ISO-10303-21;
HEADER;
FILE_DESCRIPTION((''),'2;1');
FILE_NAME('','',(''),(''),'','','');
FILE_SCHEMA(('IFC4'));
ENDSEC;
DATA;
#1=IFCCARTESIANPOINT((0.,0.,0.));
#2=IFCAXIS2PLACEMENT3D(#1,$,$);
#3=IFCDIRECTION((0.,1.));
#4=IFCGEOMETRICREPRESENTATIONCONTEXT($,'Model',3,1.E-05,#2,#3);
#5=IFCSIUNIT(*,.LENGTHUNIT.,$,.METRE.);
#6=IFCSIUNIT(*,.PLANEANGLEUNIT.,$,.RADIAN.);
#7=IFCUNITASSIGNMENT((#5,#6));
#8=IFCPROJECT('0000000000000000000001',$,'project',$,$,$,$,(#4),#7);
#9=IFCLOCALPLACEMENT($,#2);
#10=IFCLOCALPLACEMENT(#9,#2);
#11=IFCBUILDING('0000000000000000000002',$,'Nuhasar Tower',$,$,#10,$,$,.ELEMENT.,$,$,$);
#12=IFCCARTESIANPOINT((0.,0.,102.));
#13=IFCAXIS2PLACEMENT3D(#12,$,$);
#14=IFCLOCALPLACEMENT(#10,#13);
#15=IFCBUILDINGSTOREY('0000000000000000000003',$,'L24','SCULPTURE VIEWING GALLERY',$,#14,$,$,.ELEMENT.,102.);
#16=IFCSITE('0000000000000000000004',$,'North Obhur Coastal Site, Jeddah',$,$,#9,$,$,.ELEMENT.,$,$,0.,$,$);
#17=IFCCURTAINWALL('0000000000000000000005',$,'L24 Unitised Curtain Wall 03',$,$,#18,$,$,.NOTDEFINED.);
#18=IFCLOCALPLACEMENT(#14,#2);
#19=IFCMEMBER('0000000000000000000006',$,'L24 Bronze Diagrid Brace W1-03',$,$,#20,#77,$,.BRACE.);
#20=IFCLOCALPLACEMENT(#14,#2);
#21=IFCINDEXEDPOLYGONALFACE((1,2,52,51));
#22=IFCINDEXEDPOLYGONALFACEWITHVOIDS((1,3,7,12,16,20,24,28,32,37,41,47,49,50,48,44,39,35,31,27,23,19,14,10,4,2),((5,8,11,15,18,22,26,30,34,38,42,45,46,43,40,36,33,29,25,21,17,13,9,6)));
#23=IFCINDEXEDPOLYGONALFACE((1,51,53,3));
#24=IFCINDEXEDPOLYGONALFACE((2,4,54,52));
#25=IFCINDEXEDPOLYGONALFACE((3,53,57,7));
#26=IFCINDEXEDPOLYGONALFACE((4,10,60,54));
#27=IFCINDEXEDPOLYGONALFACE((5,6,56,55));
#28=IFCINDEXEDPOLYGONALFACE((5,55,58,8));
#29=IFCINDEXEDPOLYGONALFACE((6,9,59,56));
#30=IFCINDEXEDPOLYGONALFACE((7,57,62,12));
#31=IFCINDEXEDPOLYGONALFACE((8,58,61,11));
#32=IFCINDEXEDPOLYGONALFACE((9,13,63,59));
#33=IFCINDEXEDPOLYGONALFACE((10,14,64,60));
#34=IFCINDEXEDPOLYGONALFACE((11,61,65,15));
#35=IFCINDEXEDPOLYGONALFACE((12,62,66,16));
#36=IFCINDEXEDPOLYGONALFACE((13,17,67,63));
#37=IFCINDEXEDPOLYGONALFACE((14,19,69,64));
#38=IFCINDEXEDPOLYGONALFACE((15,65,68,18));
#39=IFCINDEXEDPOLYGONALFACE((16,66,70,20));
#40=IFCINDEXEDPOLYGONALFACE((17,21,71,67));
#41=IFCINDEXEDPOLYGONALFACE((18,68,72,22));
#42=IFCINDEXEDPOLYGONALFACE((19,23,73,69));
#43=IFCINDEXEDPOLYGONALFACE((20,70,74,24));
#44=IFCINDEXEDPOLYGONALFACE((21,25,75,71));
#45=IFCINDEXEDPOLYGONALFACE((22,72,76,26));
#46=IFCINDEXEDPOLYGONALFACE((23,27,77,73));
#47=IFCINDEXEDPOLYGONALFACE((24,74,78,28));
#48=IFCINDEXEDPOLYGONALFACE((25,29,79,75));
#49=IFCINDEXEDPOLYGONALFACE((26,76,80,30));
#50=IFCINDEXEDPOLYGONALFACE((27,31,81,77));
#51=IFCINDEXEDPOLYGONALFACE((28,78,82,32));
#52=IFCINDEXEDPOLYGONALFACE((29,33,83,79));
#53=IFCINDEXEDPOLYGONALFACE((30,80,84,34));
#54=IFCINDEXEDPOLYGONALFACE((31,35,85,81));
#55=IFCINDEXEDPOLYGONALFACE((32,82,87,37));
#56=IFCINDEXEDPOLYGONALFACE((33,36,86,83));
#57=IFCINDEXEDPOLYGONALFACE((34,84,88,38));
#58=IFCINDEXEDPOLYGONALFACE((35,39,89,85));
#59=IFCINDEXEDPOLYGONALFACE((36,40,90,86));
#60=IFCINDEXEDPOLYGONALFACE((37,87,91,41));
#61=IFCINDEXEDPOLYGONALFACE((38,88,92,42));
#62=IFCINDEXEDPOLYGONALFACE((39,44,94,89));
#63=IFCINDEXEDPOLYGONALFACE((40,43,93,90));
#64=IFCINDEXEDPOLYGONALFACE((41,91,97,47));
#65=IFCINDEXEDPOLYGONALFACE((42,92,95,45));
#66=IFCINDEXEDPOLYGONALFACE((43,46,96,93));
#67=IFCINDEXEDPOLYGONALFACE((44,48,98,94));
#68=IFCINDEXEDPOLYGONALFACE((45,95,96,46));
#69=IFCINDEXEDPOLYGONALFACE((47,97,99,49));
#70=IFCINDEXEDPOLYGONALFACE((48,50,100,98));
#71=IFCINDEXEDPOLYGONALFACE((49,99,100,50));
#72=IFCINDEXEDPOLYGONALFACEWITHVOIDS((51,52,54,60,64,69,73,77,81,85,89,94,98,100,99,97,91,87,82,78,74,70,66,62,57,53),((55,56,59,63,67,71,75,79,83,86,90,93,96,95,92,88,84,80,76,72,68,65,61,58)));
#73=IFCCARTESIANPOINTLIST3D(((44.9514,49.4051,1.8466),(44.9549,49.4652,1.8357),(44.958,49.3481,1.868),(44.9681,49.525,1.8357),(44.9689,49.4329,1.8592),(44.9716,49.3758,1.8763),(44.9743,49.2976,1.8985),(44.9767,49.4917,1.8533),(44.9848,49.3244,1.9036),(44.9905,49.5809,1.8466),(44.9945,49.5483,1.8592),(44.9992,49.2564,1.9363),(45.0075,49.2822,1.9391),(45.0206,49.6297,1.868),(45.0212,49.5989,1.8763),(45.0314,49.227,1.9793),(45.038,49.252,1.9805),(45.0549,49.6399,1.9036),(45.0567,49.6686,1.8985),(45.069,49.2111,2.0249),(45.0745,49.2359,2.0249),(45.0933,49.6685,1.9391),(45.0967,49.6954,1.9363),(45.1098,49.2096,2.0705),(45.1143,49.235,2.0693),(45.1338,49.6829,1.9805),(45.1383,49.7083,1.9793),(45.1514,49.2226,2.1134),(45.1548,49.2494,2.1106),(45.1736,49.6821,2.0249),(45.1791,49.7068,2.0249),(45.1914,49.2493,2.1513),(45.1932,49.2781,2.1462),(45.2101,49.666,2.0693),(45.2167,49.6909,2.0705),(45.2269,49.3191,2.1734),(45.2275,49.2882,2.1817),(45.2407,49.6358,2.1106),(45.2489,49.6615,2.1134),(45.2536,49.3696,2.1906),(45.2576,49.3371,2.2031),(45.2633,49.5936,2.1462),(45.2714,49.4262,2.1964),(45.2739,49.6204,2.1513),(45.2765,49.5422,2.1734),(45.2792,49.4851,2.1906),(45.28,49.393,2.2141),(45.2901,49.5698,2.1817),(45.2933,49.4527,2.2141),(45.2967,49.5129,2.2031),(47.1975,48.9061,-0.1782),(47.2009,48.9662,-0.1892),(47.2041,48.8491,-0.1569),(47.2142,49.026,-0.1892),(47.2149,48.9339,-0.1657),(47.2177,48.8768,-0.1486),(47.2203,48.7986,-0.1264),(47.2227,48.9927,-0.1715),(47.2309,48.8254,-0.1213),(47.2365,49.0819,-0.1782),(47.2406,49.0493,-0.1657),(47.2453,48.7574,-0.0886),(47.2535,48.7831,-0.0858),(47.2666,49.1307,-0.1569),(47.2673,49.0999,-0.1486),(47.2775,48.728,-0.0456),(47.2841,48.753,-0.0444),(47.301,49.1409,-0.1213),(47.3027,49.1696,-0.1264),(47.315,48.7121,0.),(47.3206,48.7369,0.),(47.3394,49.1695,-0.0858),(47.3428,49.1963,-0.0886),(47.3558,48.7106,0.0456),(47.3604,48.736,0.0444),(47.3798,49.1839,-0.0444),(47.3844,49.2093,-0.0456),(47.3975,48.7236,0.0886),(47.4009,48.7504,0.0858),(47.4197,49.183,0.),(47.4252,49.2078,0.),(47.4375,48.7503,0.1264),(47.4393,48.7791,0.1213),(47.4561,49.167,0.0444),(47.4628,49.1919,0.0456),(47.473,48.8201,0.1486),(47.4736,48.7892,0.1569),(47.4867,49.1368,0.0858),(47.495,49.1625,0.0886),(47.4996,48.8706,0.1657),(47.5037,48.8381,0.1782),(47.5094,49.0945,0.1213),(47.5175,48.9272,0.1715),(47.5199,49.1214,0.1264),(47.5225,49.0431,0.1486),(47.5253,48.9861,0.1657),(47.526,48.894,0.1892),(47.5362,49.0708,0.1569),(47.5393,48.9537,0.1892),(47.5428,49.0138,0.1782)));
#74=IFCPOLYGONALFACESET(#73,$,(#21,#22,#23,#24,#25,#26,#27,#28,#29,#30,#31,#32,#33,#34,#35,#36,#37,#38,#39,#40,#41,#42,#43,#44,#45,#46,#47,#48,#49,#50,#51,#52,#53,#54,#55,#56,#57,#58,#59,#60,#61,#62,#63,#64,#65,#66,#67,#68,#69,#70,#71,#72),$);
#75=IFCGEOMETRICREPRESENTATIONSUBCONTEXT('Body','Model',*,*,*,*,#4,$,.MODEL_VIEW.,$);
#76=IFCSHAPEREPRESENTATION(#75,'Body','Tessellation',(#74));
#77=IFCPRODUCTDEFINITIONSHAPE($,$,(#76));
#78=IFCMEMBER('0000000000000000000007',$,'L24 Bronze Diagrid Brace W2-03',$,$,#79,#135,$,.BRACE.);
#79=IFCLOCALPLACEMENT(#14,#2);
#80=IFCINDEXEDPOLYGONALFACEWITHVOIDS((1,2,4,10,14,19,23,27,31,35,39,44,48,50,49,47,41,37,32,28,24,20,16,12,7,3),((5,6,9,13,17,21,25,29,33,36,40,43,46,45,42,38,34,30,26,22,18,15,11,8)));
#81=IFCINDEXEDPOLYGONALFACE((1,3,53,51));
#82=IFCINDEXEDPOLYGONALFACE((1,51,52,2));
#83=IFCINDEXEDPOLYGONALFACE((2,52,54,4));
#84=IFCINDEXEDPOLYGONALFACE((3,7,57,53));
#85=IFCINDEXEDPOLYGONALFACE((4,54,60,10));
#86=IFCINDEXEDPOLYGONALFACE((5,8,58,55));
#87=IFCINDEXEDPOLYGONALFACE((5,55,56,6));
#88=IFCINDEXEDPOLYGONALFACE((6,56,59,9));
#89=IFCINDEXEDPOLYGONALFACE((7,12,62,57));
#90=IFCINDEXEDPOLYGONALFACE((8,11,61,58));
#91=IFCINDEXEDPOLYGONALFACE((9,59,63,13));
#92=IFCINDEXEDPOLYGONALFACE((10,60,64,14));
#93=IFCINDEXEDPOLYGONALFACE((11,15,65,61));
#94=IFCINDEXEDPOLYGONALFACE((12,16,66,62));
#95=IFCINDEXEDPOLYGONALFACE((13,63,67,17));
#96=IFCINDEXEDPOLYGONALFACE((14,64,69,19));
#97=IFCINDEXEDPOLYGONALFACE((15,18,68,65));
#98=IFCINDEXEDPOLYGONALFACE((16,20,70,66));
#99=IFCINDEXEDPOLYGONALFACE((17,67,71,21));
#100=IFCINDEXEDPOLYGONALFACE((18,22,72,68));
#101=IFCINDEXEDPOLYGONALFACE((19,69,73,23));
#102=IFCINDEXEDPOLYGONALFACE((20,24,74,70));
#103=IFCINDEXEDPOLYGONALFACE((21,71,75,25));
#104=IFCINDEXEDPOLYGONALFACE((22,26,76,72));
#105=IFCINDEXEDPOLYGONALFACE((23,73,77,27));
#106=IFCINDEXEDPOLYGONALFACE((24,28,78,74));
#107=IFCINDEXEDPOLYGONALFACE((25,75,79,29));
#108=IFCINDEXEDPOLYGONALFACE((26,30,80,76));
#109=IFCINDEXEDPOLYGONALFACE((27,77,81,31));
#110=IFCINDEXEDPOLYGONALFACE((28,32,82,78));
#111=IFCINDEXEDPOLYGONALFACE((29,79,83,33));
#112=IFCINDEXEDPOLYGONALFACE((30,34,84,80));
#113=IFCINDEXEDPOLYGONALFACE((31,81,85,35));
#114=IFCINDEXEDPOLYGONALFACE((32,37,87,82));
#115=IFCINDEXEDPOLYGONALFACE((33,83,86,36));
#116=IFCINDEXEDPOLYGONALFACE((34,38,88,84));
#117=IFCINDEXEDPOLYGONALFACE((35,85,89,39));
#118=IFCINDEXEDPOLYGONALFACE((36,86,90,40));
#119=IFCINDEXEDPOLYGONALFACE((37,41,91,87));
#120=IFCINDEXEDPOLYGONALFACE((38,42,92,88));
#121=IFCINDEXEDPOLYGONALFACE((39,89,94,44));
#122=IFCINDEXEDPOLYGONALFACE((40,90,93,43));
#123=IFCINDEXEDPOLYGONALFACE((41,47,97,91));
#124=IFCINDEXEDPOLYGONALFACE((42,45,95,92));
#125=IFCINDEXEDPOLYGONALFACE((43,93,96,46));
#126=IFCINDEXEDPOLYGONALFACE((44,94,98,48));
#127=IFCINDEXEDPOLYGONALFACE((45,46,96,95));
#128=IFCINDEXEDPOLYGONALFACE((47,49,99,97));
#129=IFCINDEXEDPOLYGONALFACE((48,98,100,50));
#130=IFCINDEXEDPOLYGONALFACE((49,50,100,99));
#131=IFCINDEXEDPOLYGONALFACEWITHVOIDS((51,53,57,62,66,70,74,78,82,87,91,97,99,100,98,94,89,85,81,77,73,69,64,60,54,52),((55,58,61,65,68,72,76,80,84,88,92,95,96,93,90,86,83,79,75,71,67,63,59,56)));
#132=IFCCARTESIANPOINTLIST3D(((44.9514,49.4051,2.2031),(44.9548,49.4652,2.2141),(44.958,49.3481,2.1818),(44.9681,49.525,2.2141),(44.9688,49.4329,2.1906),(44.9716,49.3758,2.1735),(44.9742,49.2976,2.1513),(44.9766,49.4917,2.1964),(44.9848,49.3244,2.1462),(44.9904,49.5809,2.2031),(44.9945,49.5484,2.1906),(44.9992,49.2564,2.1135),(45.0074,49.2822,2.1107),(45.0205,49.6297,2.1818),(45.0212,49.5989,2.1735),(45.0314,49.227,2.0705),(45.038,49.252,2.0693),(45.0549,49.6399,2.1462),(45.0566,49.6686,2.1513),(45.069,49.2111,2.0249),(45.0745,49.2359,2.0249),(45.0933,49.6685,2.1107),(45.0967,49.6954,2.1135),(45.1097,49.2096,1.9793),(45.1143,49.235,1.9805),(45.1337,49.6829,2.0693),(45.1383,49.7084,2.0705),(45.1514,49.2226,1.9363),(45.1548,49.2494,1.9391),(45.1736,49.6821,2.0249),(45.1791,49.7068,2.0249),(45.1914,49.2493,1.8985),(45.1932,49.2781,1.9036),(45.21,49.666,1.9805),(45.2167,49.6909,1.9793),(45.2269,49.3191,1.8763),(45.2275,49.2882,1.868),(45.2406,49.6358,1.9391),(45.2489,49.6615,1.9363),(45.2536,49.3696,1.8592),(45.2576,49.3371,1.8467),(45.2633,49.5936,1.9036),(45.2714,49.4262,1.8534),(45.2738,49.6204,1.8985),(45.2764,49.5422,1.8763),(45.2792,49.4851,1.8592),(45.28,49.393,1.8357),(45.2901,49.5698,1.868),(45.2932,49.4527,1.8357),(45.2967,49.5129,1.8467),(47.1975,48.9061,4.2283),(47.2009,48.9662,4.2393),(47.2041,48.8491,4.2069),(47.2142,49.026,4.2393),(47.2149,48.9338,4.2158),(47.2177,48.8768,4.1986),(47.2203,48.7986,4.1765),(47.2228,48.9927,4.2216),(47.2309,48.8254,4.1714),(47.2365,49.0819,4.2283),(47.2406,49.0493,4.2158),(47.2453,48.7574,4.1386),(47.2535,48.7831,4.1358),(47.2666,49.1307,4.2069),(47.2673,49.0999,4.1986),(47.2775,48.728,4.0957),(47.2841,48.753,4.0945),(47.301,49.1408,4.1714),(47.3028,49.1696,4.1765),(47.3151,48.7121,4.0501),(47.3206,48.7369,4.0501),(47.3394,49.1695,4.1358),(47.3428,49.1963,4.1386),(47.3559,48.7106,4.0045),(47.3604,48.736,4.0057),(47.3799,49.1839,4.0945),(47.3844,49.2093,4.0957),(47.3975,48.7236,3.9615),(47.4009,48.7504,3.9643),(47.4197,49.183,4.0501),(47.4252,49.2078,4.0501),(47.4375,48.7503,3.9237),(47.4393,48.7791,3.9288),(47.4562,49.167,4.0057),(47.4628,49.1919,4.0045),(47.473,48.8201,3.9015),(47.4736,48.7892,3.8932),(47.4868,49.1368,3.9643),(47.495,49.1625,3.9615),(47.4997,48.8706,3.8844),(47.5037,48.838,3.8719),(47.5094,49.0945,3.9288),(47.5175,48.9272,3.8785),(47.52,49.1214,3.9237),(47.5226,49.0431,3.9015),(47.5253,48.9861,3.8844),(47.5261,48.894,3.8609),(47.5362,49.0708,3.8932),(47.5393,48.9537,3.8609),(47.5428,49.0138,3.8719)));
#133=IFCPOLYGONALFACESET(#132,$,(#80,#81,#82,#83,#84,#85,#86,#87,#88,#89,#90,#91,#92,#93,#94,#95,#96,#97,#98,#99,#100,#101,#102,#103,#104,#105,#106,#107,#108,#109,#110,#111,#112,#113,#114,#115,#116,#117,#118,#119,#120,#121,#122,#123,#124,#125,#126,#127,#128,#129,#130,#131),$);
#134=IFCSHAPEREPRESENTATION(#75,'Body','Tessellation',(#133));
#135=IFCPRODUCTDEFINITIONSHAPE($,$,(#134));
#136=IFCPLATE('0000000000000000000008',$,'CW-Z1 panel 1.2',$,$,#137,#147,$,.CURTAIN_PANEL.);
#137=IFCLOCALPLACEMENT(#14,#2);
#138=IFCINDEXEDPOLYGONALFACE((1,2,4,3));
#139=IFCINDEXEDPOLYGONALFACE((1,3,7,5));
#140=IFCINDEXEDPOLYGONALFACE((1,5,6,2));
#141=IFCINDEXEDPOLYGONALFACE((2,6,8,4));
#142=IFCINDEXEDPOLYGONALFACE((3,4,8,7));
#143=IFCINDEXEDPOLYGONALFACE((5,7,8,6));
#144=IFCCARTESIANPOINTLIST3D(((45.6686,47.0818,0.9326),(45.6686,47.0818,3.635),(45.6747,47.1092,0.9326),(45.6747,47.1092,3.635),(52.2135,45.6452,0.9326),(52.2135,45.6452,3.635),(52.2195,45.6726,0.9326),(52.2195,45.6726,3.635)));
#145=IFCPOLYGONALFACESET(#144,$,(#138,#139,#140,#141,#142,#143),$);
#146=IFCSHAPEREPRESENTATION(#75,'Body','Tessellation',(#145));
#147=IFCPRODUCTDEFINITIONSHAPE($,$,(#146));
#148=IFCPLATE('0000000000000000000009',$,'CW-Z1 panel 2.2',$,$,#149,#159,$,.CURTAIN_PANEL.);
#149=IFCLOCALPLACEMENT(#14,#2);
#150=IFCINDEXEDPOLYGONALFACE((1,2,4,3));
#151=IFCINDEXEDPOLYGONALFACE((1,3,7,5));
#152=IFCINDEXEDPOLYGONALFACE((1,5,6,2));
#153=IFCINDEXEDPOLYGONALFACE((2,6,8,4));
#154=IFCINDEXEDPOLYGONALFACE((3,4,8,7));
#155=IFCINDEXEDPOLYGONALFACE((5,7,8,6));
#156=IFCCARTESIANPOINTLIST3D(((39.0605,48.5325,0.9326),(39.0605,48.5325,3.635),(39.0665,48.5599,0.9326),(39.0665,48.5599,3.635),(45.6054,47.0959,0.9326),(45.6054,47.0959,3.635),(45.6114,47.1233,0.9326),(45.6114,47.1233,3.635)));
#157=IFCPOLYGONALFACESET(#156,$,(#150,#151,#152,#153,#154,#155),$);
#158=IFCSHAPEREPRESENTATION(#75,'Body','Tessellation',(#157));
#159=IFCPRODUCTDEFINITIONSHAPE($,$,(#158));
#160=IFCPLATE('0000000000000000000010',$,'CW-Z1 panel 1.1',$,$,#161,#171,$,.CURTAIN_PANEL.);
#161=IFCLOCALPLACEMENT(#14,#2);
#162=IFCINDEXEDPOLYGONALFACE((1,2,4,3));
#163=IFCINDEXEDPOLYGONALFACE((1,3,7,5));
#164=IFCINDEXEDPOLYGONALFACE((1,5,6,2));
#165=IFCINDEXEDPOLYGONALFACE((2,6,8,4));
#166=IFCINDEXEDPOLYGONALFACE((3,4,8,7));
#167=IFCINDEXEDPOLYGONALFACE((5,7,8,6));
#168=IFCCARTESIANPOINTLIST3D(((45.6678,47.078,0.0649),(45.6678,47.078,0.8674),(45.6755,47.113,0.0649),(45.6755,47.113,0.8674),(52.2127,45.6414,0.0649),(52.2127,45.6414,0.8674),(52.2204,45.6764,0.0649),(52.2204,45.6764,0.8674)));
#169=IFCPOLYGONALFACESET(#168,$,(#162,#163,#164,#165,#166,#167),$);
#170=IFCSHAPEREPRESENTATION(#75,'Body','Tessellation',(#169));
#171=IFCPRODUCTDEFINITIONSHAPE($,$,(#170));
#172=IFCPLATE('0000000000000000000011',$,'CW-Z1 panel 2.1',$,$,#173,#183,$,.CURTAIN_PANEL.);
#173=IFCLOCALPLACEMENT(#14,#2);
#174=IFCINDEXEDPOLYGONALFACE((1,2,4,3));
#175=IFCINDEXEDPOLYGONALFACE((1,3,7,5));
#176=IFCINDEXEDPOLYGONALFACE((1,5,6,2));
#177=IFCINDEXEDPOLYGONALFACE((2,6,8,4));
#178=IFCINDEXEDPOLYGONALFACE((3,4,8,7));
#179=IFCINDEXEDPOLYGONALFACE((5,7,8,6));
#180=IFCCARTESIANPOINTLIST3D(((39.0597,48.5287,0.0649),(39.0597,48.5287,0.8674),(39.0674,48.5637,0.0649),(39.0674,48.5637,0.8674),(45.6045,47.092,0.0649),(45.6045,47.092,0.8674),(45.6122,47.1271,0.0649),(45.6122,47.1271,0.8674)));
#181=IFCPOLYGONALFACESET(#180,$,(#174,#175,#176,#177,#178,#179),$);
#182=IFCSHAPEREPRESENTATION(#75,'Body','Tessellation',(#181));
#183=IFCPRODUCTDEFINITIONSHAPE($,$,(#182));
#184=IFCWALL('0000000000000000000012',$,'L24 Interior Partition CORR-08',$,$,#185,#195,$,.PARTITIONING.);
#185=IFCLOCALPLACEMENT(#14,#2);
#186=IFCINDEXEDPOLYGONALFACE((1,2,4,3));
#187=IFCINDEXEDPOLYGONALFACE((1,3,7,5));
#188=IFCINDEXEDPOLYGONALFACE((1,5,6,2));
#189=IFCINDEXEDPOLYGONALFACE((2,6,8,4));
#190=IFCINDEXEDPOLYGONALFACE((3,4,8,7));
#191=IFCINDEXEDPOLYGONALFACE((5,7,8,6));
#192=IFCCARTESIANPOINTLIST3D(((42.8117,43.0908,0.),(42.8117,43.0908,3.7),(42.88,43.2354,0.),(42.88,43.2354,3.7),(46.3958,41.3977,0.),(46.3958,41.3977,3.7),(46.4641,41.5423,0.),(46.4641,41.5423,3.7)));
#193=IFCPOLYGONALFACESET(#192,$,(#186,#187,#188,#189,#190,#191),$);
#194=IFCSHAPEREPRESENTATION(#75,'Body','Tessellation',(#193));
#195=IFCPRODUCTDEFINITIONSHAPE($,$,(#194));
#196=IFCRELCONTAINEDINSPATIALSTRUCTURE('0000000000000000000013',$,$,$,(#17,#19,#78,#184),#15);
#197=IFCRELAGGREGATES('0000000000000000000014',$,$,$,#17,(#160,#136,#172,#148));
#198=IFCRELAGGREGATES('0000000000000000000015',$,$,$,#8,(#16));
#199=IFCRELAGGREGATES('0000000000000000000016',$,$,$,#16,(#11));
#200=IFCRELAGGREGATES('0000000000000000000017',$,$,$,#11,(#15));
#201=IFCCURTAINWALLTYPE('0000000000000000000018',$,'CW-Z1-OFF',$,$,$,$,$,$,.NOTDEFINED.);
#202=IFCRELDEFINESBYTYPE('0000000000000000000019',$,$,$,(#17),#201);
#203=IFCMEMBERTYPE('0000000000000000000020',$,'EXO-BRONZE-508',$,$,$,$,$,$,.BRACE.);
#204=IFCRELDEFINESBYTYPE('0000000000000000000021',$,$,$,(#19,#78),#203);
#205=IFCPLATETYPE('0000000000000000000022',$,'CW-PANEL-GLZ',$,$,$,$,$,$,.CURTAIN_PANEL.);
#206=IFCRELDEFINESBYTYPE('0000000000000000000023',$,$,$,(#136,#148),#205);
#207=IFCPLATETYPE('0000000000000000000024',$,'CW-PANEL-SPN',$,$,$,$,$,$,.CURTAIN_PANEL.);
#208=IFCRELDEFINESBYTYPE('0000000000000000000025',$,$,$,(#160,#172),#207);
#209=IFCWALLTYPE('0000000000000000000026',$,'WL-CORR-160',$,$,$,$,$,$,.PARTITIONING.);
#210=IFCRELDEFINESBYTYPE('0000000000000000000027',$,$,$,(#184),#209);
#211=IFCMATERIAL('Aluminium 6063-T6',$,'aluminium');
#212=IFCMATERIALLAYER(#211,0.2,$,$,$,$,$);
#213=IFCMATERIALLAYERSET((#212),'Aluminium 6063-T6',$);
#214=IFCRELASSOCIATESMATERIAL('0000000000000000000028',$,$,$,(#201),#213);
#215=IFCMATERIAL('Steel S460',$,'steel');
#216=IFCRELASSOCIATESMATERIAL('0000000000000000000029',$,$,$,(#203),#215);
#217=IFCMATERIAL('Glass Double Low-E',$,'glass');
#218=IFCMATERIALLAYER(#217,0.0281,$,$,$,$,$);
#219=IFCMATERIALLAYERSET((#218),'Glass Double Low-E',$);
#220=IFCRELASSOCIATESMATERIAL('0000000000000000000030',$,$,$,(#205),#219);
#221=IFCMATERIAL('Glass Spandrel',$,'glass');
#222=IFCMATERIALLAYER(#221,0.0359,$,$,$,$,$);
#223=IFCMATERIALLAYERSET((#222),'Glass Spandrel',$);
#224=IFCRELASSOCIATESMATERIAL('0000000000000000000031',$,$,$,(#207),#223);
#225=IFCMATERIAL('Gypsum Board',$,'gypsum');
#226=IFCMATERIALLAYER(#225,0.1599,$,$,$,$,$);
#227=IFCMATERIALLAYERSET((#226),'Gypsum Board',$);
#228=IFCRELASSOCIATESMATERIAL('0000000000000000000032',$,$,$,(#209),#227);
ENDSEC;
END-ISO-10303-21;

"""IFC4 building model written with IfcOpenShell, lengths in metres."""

from ifc_helpers import new_model, si_unit, direction, frame, frame_2d, origin, origin_2d, place, context, subcontext, project, spatial, rectangle, hollow_circle, extrude, material, layer, layer_set, material_profile, profile_set, type_object, element, aggregate, save


model = new_model("IFC4")

# Units and contexts
model_context = context("Model", 3, precision=1e-05, world=origin(), true_north=direction((0.0, 1.0)))
body_context = subcontext(model_context, "Body", "Model", "MODEL_VIEW")
ifc_project = project(units=[si_unit("LENGTHUNIT", "METRE"), si_unit("PLANEANGLEUNIT", "RADIAN")], contexts=[model_context])

# Site, building, storey
site_placement = place(None, origin())
site = spatial("IfcSite", under=ifc_project, at=site_placement, Name="North Obhur Coastal Site, Jeddah", CompositionType="ELEMENT", RefElevation=0.0)
building_placement = place(site_placement, origin())
building = spatial("IfcBuilding", under=site, at=building_placement, Name="Nuhasar Tower", CompositionType="ELEMENT")
storey_placement = place(building_placement, frame((0.0, 0.0, 102.0)))
storey = spatial("IfcBuildingStorey", under=building, at=storey_placement, Name="L24", Description="SCULPTURE VIEWING GALLERY", CompositionType="ELEMENT", Elevation=102.0)

# Curtain wall
ifc_material_1 = material(Name="Aluminium 6063-T6", Category="aluminium")
ifc_layer_1 = layer(ifc_material_1, 0.2)
ifc_layer_set_1 = layer_set([ifc_layer_1], Name="Aluminium 6063-T6")
curtain_wall_type = type_object("IfcCurtainWallType", Name="CW-Z1-OFF", PredefinedType="NOTDEFINED", material=ifc_layer_set_1)
curtain_wall_placement = place(storey_placement, origin())
curtain_wall = element("IfcCurtainWall", 1, at=curtain_wall_placement, inside=storey, type_object=curtain_wall_type, Name="L24 Unitised Curtain Wall 03", PredefinedType="NOTDEFINED")

# Members
ifc_material_2 = material(Name="Steel S460", Category="steel")
ifc_material_profile_1 = material_profile(ifc_material_2, hollow_circle(Radius=0.2539, WallThickness=0.0254, at=origin_2d()), Name="HSS508X25.4")
ifc_profile_set_1 = profile_set([ifc_material_profile_1], Name="Steel S460")
member_type_1 = type_object("IfcMemberType", Name="EXO-BRONZE-508", PredefinedType="BRACE", material=ifc_profile_set_1)
member_1_placement = place(storey_placement, frame((47.3701, 48.96, 0.0), z_axis=(-0.732821, 0.162814, 0.660654), x_axis=(-0.216886, -0.976197, 0.0)))
element("IfcMember", 2, at=member_1_placement, inside=storey, type_object=member_type_1, Name="L24 Bronze Diagrid Brace W1-03", PredefinedType="BRACE", context=body_context, shape_type="SweptSolid", body=[
    extrude(hollow_circle(Radius=0.2539, WallThickness=0.0254, at=origin_2d()), origin(), (0.0, 0.0, 1.0), 3.0649),
])
member_2_placement = place(storey_placement, frame((45.124, 49.459, 2.0249), z_axis=(0.732783, -0.162805, 0.660699), x_axis=(0.216886, 0.976197, 0.0)))
element("IfcMember", 3, at=member_2_placement, inside=storey, type_object=member_type_1, Name="L24 Bronze Diagrid Brace W2-03", PredefinedType="BRACE", context=body_context, shape_type="SweptSolid", body=[
    extrude(hollow_circle(Radius=0.2539, WallThickness=0.0254, at=origin_2d()), origin(), (0.0, 0.0, 1.0), 3.0652),
])

# Plates
ifc_material_3 = material(Name="Glass Double Low-E", Category="glass")
ifc_layer_2 = layer(ifc_material_3, 0.0281)
ifc_layer_set_2 = layer_set([ifc_layer_2], Name="Glass Double Low-E")
plate_type_1 = type_object("IfcPlateType", Name="CW-PANEL-GLZ", PredefinedType="CURTAIN_PANEL", material=ifc_layer_set_2)
plate_1_placement = place(storey_placement, frame((48.9441, 46.3772, 0.9326), z_axis=(0.0, 0.0, 1.0), x_axis=(-0.976746, 0.214399, 0.0)))
plate_1 = element("IfcPlate", 4, at=plate_1_placement, type_object=plate_type_1, Name="CW-Z1 panel 1.2", PredefinedType="CURTAIN_PANEL", context=body_context, shape_type="SweptSolid", body=[
    extrude(rectangle(XDim=6.7007, YDim=0.0281, at=origin_2d()), origin(), (0.0, 0.0, 1.0), 2.7024),
])
plate_2_placement = place(storey_placement, frame((42.3359, 47.8279, 0.9326), z_axis=(0.0, 0.0, 1.0), x_axis=(-0.976746, 0.214399, 0.0)))
plate_2 = element("IfcPlate", 5, at=plate_2_placement, type_object=plate_type_1, Name="CW-Z1 panel 2.2", PredefinedType="CURTAIN_PANEL", context=body_context, shape_type="SweptSolid", body=[
    extrude(rectangle(XDim=6.7007, YDim=0.0281, at=origin_2d()), origin(), (0.0, 0.0, 1.0), 2.7024),
])
ifc_material_4 = material(Name="Glass Spandrel", Category="glass")
ifc_layer_3 = layer(ifc_material_4, 0.0359)
ifc_layer_set_3 = layer_set([ifc_layer_3], Name="Glass Spandrel")
plate_type_2 = type_object("IfcPlateType", Name="CW-PANEL-SPN", PredefinedType="CURTAIN_PANEL", material=ifc_layer_set_3)
plate_3_placement = place(storey_placement, frame((48.9441, 46.3772, 0.0649), z_axis=(0.0, 0.0, 1.0), x_axis=(-0.976746, 0.214399, 0.0)))
plate_3 = element("IfcPlate", 6, at=plate_3_placement, type_object=plate_type_2, Name="CW-Z1 panel 1.1", PredefinedType="CURTAIN_PANEL", context=body_context, shape_type="SweptSolid", body=[
    extrude(rectangle(XDim=6.7007, YDim=0.0359, at=origin_2d()), origin(), (0.0, 0.0, 1.0), 0.8025),
])
plate_4_placement = place(storey_placement, frame((42.3359, 47.8279, 0.0649), z_axis=(0.0, 0.0, 1.0), x_axis=(-0.976746, 0.214399, 0.0)))
plate_4 = element("IfcPlate", 7, at=plate_4_placement, type_object=plate_type_2, Name="CW-Z1 panel 2.1", PredefinedType="CURTAIN_PANEL", context=body_context, shape_type="SweptSolid", body=[
    extrude(rectangle(XDim=6.7007, YDim=0.0359, at=origin_2d()), origin(), (0.0, 0.0, 1.0), 0.8025),
])
aggregate(curtain_wall, [plate_3, plate_1, plate_4, plate_2])

# Wall
ifc_material_5 = material(Name="Gypsum Board", Category="gypsum")
ifc_layer_4 = layer(ifc_material_5, 0.1599)
ifc_layer_set_4 = layer_set([ifc_layer_4], Name="Gypsum Board")
wall_type_1 = type_object("IfcWallType", Name="WL-CORR-160", PredefinedType="PARTITIONING", material=ifc_layer_set_4)
wall_1_placement = place(storey_placement, frame((46.4299, 41.47, 0.0), z_axis=(0.0, 0.0, 1.0), x_axis=(-0.904183, 0.427146, 0.0)))
element("IfcWall", 8, at=wall_1_placement, inside=storey, type_object=wall_type_1, Name="L24 Interior Partition CORR-08", PredefinedType="PARTITIONING", context=body_context, shape_type="SweptSolid", body=[
    extrude(rectangle(XDim=3.9639, YDim=0.1599, at=frame_2d((1.9819, 0.0))), origin(), (0.0, 0.0, 1.0), 3.7),
])

save(model, "model.ifc")
